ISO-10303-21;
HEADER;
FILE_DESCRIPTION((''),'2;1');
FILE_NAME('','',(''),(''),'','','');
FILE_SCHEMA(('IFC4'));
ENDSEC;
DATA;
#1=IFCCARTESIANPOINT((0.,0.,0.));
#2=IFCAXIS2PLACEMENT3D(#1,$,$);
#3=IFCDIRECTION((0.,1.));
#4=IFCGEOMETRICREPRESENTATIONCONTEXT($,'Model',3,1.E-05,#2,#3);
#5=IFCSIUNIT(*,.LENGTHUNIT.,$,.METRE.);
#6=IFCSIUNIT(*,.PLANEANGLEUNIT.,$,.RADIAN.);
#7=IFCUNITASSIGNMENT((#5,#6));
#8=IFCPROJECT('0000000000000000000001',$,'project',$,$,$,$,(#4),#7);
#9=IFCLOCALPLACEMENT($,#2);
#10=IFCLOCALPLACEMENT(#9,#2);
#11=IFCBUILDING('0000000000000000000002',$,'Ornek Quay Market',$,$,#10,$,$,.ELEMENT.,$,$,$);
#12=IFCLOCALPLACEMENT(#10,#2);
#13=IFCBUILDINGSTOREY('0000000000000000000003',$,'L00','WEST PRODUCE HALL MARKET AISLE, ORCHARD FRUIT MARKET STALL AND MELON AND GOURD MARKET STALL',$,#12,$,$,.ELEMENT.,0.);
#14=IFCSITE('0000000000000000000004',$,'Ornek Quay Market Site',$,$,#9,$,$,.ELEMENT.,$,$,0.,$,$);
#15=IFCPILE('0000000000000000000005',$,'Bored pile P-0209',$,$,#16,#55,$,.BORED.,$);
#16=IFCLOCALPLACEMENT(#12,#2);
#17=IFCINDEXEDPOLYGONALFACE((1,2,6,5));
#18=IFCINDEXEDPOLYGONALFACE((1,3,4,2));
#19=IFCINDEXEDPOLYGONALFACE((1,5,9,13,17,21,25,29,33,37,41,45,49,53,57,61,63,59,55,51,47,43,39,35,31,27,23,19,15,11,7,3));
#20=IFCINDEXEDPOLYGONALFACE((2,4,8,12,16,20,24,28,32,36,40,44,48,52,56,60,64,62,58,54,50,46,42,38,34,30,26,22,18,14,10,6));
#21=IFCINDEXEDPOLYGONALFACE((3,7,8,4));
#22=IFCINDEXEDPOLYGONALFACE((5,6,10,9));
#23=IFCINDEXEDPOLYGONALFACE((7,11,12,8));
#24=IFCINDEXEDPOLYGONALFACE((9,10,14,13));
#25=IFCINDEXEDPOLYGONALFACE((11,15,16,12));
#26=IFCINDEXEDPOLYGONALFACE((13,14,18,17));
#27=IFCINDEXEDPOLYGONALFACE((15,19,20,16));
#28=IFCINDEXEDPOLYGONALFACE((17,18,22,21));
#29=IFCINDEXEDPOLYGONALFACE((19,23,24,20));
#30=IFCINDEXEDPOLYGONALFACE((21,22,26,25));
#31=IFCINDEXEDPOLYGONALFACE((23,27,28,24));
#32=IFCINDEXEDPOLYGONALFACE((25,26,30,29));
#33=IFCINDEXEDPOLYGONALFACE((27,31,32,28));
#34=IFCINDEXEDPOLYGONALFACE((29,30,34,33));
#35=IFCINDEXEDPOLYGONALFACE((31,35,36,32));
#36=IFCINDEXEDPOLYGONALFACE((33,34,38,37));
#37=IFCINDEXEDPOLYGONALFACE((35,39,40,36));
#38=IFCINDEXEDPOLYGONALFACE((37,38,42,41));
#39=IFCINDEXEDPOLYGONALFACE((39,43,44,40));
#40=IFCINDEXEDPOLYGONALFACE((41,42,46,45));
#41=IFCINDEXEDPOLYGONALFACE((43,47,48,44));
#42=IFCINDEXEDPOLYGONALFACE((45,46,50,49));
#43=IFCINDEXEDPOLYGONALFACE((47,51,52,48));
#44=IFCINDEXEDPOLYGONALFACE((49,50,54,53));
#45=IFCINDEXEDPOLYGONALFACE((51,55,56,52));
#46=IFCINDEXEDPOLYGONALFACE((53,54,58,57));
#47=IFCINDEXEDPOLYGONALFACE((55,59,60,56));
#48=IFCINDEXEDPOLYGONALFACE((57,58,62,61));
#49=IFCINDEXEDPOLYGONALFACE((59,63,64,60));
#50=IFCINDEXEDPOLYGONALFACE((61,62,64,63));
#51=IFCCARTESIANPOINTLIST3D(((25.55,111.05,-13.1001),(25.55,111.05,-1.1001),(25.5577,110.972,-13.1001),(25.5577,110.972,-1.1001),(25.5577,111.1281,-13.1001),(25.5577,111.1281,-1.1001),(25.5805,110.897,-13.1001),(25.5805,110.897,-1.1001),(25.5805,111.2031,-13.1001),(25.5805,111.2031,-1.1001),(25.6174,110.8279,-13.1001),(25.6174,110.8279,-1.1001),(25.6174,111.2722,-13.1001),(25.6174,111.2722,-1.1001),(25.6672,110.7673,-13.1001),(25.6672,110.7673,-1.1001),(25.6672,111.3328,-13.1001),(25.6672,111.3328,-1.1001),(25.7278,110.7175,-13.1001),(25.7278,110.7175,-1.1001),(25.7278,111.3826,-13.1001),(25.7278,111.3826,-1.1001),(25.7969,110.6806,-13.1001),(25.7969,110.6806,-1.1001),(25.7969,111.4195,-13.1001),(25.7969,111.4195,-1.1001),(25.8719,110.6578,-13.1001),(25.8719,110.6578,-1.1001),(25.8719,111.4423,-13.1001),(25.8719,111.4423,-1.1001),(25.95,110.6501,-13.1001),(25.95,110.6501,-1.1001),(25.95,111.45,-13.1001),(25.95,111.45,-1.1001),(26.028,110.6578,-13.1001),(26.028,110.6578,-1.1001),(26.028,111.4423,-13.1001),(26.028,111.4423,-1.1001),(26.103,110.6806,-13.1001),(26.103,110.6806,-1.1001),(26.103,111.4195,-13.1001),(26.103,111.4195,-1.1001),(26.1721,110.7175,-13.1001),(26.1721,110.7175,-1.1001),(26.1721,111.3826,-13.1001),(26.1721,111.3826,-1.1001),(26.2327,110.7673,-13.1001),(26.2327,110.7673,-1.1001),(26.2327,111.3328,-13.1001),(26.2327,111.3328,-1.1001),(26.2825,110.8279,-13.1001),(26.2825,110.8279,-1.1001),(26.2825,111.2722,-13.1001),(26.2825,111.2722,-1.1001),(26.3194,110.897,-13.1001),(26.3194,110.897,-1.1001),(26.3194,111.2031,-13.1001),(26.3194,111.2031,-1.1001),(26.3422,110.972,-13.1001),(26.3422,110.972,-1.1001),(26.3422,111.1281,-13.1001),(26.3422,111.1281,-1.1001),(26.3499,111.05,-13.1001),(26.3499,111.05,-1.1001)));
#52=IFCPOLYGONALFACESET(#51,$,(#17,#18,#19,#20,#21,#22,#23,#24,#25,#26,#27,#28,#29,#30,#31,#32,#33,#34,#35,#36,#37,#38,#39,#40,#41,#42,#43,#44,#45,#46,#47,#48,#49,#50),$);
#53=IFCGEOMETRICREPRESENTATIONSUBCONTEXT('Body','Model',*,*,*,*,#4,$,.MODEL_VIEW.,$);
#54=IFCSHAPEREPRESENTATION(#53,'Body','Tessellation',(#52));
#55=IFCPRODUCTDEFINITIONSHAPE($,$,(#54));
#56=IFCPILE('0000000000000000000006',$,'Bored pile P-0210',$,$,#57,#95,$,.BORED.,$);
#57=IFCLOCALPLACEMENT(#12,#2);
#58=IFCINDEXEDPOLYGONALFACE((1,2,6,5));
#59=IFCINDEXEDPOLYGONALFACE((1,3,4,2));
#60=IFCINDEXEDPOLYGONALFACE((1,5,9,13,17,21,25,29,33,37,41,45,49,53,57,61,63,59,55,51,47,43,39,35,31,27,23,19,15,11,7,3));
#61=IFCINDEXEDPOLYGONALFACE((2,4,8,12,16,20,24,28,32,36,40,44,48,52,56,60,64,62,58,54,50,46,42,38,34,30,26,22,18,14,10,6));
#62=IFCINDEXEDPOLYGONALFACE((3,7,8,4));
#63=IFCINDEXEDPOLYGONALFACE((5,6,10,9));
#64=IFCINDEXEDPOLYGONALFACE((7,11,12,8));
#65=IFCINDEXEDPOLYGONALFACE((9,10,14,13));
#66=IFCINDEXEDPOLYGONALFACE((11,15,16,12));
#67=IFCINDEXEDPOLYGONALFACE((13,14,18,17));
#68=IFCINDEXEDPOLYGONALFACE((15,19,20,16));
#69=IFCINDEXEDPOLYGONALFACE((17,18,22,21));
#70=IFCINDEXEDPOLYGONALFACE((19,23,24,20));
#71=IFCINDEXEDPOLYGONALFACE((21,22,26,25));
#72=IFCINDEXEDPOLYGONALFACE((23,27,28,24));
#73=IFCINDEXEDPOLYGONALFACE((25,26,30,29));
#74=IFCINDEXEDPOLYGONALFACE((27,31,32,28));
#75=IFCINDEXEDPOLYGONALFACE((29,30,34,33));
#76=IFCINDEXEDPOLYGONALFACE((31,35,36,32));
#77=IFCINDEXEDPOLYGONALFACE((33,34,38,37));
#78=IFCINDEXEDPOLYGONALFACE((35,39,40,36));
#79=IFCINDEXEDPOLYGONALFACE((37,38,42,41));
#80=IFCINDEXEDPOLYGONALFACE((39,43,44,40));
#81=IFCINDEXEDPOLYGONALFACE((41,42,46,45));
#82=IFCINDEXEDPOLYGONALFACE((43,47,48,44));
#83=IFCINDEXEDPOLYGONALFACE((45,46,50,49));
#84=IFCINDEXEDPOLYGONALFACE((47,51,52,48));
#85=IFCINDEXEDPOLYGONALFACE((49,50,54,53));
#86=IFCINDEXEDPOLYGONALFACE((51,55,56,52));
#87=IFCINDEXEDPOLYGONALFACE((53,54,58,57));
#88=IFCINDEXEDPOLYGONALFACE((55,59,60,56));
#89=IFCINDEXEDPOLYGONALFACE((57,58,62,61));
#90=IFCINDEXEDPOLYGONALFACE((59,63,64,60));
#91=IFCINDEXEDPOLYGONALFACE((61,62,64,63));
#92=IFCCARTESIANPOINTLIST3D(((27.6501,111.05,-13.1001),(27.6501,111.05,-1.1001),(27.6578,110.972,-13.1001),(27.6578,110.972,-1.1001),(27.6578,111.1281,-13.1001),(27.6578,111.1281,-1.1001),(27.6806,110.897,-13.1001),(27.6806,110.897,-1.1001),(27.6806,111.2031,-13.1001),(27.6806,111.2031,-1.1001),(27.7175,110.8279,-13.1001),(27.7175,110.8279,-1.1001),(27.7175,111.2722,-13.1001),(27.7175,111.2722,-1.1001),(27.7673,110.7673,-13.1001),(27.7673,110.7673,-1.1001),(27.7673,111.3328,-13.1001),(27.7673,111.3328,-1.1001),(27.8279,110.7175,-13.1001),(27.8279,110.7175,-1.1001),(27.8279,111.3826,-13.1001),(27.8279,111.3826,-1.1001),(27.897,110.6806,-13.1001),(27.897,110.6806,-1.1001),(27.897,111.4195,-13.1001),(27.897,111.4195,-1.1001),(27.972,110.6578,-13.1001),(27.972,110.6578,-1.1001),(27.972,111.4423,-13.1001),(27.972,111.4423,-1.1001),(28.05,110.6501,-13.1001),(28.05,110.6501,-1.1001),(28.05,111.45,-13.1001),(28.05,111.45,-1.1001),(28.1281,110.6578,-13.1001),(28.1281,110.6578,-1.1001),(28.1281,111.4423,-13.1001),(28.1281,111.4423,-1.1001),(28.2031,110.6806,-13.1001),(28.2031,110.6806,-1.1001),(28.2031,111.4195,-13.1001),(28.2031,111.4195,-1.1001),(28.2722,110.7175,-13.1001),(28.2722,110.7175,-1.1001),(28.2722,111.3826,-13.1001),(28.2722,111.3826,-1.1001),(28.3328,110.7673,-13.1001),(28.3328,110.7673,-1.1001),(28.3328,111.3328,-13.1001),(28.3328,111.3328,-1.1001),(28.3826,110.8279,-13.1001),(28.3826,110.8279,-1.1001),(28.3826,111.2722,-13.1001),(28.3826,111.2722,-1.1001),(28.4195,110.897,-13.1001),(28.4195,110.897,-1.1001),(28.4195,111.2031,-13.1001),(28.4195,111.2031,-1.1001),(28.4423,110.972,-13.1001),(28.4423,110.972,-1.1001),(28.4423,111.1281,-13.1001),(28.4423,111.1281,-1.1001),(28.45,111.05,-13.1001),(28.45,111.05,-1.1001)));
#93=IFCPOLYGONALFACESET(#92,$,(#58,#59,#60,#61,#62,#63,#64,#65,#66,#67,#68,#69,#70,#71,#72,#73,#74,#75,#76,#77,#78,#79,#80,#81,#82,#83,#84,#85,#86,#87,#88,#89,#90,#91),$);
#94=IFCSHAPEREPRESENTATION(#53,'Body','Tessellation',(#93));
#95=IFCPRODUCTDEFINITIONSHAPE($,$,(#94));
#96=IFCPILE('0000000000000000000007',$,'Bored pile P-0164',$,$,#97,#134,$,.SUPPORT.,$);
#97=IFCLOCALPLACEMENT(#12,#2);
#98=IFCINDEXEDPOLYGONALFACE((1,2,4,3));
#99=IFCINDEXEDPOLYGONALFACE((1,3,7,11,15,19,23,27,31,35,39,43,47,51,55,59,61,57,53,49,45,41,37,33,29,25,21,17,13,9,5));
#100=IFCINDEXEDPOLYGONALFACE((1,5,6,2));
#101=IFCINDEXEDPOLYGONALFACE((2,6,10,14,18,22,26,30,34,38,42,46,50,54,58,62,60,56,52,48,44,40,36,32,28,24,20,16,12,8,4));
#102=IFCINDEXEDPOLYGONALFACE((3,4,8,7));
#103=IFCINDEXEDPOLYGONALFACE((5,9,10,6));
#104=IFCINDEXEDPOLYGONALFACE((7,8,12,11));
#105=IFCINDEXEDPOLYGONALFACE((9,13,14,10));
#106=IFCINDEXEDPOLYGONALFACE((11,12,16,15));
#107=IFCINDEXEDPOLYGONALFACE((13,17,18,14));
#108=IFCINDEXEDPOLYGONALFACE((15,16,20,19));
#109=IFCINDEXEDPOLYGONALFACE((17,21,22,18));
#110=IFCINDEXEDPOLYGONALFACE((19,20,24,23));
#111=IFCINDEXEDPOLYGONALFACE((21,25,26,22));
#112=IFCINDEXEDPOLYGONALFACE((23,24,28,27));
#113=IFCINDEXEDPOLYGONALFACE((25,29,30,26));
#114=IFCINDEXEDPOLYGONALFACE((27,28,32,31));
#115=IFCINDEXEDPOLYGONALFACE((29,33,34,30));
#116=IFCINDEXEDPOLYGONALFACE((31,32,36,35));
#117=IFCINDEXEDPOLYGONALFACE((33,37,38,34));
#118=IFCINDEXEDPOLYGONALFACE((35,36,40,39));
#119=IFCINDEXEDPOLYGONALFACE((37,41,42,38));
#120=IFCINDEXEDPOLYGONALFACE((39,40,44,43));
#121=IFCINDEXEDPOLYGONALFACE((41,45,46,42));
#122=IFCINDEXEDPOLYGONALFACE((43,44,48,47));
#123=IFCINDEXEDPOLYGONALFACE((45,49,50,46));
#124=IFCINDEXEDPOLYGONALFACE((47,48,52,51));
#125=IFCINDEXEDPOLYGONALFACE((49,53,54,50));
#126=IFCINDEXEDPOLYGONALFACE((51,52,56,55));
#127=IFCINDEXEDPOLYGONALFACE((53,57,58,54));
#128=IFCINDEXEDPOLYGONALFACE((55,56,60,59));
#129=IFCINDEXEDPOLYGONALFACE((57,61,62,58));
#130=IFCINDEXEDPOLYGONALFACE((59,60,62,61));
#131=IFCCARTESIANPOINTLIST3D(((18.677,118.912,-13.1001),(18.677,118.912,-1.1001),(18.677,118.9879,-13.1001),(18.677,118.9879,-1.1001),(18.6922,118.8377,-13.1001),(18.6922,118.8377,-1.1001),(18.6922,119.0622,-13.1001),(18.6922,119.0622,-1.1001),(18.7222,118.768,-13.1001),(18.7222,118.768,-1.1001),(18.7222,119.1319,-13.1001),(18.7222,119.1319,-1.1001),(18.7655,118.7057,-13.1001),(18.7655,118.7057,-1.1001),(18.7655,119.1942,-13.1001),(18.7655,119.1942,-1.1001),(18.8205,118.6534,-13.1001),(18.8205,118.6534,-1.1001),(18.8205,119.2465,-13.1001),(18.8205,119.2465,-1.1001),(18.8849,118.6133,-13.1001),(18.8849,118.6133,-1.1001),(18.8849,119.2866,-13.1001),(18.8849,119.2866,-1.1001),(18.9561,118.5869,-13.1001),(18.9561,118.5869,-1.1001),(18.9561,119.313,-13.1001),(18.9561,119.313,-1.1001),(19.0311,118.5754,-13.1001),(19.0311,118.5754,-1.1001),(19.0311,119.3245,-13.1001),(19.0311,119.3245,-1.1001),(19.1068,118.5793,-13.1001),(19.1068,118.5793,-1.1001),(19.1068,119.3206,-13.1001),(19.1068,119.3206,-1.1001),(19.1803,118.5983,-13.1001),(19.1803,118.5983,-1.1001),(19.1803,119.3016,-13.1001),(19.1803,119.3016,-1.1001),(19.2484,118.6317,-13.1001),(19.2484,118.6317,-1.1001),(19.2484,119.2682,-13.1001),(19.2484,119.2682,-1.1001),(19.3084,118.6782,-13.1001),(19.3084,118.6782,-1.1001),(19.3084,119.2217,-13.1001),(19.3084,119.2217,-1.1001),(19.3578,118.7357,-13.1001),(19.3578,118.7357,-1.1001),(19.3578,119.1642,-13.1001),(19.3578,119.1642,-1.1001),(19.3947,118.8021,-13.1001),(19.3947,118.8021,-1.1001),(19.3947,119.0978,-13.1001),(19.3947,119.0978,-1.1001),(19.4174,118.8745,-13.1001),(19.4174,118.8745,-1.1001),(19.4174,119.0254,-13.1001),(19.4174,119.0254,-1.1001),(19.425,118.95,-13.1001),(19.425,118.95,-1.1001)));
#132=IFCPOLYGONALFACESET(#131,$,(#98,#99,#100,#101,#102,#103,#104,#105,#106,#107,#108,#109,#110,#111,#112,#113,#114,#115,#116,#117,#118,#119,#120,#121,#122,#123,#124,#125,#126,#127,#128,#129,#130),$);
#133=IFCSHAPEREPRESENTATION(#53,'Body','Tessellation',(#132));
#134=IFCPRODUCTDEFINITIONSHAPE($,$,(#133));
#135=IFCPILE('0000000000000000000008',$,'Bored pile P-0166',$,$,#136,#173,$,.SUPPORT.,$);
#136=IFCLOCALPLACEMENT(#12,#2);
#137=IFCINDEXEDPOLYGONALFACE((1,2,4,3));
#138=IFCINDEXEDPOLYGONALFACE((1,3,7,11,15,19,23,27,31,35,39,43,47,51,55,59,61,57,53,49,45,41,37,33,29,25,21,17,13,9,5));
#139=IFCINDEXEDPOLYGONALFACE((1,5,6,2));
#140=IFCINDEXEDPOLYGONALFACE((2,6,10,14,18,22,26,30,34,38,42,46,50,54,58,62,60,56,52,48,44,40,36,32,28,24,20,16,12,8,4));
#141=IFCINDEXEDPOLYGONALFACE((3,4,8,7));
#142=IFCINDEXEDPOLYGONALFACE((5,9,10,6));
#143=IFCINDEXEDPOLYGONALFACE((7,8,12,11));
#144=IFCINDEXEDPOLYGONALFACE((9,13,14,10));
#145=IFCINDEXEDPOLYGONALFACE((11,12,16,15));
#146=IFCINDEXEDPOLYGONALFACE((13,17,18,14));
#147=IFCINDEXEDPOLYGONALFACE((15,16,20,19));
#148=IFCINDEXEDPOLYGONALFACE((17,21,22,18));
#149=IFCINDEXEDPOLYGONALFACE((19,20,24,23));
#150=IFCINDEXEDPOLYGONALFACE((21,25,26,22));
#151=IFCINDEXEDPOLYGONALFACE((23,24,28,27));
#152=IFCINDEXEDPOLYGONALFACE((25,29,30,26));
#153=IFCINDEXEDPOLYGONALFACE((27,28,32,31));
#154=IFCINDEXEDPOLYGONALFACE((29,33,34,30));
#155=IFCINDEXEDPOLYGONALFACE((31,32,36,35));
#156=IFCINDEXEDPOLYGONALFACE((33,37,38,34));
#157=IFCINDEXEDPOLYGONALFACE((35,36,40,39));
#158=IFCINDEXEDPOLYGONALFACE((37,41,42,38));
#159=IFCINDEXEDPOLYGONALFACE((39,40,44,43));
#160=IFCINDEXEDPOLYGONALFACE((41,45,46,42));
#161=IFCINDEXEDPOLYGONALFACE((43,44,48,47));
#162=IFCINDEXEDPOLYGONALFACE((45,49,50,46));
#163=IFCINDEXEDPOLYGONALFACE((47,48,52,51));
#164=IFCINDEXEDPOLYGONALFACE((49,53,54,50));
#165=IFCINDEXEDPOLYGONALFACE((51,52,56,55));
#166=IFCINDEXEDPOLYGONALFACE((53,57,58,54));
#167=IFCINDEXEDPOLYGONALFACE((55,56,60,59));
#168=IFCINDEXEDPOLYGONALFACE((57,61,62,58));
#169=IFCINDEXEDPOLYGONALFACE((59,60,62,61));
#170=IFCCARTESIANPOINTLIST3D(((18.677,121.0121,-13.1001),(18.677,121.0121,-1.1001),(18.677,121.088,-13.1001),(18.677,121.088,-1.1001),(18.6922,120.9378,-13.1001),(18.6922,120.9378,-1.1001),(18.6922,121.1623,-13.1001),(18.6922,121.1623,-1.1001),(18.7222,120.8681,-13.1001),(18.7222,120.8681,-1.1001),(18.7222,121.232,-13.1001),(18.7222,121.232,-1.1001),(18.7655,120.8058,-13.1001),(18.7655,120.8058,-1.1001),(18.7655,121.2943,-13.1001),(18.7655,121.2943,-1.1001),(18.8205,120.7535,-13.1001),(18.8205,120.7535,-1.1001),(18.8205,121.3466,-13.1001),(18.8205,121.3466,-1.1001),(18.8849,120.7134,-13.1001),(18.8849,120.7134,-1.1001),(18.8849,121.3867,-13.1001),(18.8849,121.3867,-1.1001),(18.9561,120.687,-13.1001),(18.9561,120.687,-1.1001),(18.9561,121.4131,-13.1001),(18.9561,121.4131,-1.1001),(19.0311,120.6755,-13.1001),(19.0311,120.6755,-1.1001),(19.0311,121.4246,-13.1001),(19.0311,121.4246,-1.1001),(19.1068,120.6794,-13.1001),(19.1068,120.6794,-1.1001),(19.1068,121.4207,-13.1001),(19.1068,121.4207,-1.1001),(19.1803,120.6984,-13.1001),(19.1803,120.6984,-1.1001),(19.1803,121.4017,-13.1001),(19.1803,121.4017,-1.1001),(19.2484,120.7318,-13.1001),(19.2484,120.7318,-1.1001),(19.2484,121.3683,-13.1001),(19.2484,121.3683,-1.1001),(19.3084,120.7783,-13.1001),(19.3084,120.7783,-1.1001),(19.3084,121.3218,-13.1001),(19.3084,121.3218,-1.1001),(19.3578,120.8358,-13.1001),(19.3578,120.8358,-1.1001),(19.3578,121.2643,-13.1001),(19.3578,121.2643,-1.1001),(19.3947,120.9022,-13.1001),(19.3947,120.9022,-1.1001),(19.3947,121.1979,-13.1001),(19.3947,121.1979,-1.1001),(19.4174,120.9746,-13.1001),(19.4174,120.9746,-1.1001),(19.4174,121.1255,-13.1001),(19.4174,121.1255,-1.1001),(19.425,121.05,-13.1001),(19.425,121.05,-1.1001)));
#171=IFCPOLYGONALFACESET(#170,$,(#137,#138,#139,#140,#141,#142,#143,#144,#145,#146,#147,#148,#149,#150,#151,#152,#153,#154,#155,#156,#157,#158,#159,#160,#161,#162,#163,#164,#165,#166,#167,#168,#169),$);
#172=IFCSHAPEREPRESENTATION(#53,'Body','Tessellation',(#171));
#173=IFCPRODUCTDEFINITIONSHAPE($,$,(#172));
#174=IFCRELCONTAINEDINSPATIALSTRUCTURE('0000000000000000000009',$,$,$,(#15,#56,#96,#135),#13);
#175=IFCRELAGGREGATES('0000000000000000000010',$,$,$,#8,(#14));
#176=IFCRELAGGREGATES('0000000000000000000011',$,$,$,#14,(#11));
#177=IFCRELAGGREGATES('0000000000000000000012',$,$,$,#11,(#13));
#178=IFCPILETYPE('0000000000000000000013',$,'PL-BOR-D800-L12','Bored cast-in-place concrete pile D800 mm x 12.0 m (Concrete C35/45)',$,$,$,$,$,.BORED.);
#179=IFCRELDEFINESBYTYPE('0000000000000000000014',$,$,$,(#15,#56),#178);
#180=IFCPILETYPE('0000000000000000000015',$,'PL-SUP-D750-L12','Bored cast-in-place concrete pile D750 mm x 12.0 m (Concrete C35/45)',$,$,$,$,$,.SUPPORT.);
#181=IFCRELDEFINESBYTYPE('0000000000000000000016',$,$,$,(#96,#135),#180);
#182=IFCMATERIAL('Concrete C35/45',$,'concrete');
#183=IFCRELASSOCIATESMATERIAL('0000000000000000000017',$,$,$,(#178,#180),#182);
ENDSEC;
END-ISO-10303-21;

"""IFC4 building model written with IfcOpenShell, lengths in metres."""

from ifc_helpers import new_model, si_unit, direction, frame, origin, origin_2d, place, context, subcontext, project, spatial, circle, extrude, material, material_profile, profile_set, type_object, element, save


model = new_model("IFC4")

# Units and contexts
model_context = context("Model", 3, precision=1e-05, world=origin(), true_north=direction((0.0, 1.0)))
body_context = subcontext(model_context, "Body", "Model", "MODEL_VIEW")
ifc_project = project(units=[si_unit("LENGTHUNIT", "METRE"), si_unit("PLANEANGLEUNIT", "RADIAN")], contexts=[model_context])

# Site, building, storey
site_placement = place(None, origin())
site = spatial("IfcSite", under=ifc_project, at=site_placement, Name="Ornek Quay Market Site", CompositionType="ELEMENT", RefElevation=0.0)
building_placement = place(site_placement, origin())
building = spatial("IfcBuilding", under=site, at=building_placement, Name="Ornek Quay Market", CompositionType="ELEMENT")
storey_placement = place(building_placement, origin())
storey = spatial("IfcBuildingStorey", under=building, at=storey_placement, Name="L00", Description="WEST PRODUCE HALL MARKET AISLE, ORCHARD FRUIT MARKET STALL AND MELON AND GOURD MARKET STALL", CompositionType="ELEMENT", Elevation=0.0)

# Piles
ifc_material_1 = material(Name="Concrete C35/45", Category="concrete")
ifc_material_profile_1 = material_profile(ifc_material_1, circle(Radius=0.3999, at=origin_2d()), Name="PILE D800", Category="concrete")
ifc_profile_set_1 = profile_set([ifc_material_profile_1], Name="Concrete C35/45")
pile_type_1 = type_object("IfcPileType", Name="PL-BOR-D800-L12", Description="Bored cast-in-place concrete pile D800 mm x 12.0 m (Concrete C35/45)", PredefinedType="BORED", material=ifc_profile_set_1)
for number, where, z_axis, x_axis, name in (
    (1, (25.95, 111.05, -1.1001), (0.0, 0.0, -1.0), (1.0, 0.0, 0.0), "Bored pile P-0209"),
    (2, (28.05, 111.05, -1.1001), (0.0, 0.0, -1.0), (1.0, 0.0, 0.0), "Bored pile P-0210"),
):
    element("IfcPile", number, at=place(storey_placement, frame(where, z_axis=z_axis, x_axis=x_axis)), inside=storey, type_object=pile_type_1, Name=name, PredefinedType="BORED", context=body_context, shape_type="SweptSolid", body=[
        extrude(circle(Radius=0.3999, at=origin_2d()), origin(), (0.0, 0.0, 1.0), 12.0),
    ])
ifc_material_profile_2 = material_profile(ifc_material_1, circle(Radius=0.375, at=origin_2d()), Name="PILE D750", Category="concrete")
ifc_profile_set_2 = profile_set([ifc_material_profile_2], Name="Concrete C35/45")
pile_type_2 = type_object("IfcPileType", Name="PL-SUP-D750-L12", Description="Bored cast-in-place concrete pile D750 mm x 12.0 m (Concrete C35/45)", PredefinedType="SUPPORT", material=ifc_profile_set_2)
for number, where, z_axis, x_axis, name in (
    (3, (19.05, 118.95, -1.1001), (0.0, 0.0, -1.0), (1.0, 0.0, 0.0), "Bored pile P-0164"),
    (4, (19.05, 121.05, -1.1001), (0.0, 0.0, -1.0), (1.0, 0.0, 0.0), "Bored pile P-0166"),
):
    element("IfcPile", number, at=place(storey_placement, frame(where, z_axis=z_axis, x_axis=x_axis)), inside=storey, type_object=pile_type_2, Name=name, PredefinedType="SUPPORT", context=body_context, shape_type="SweptSolid", body=[
        extrude(circle(Radius=0.375, at=origin_2d()), origin(), (0.0, 0.0, 1.0), 12.0),
    ])

save(model, "model.ifc")
